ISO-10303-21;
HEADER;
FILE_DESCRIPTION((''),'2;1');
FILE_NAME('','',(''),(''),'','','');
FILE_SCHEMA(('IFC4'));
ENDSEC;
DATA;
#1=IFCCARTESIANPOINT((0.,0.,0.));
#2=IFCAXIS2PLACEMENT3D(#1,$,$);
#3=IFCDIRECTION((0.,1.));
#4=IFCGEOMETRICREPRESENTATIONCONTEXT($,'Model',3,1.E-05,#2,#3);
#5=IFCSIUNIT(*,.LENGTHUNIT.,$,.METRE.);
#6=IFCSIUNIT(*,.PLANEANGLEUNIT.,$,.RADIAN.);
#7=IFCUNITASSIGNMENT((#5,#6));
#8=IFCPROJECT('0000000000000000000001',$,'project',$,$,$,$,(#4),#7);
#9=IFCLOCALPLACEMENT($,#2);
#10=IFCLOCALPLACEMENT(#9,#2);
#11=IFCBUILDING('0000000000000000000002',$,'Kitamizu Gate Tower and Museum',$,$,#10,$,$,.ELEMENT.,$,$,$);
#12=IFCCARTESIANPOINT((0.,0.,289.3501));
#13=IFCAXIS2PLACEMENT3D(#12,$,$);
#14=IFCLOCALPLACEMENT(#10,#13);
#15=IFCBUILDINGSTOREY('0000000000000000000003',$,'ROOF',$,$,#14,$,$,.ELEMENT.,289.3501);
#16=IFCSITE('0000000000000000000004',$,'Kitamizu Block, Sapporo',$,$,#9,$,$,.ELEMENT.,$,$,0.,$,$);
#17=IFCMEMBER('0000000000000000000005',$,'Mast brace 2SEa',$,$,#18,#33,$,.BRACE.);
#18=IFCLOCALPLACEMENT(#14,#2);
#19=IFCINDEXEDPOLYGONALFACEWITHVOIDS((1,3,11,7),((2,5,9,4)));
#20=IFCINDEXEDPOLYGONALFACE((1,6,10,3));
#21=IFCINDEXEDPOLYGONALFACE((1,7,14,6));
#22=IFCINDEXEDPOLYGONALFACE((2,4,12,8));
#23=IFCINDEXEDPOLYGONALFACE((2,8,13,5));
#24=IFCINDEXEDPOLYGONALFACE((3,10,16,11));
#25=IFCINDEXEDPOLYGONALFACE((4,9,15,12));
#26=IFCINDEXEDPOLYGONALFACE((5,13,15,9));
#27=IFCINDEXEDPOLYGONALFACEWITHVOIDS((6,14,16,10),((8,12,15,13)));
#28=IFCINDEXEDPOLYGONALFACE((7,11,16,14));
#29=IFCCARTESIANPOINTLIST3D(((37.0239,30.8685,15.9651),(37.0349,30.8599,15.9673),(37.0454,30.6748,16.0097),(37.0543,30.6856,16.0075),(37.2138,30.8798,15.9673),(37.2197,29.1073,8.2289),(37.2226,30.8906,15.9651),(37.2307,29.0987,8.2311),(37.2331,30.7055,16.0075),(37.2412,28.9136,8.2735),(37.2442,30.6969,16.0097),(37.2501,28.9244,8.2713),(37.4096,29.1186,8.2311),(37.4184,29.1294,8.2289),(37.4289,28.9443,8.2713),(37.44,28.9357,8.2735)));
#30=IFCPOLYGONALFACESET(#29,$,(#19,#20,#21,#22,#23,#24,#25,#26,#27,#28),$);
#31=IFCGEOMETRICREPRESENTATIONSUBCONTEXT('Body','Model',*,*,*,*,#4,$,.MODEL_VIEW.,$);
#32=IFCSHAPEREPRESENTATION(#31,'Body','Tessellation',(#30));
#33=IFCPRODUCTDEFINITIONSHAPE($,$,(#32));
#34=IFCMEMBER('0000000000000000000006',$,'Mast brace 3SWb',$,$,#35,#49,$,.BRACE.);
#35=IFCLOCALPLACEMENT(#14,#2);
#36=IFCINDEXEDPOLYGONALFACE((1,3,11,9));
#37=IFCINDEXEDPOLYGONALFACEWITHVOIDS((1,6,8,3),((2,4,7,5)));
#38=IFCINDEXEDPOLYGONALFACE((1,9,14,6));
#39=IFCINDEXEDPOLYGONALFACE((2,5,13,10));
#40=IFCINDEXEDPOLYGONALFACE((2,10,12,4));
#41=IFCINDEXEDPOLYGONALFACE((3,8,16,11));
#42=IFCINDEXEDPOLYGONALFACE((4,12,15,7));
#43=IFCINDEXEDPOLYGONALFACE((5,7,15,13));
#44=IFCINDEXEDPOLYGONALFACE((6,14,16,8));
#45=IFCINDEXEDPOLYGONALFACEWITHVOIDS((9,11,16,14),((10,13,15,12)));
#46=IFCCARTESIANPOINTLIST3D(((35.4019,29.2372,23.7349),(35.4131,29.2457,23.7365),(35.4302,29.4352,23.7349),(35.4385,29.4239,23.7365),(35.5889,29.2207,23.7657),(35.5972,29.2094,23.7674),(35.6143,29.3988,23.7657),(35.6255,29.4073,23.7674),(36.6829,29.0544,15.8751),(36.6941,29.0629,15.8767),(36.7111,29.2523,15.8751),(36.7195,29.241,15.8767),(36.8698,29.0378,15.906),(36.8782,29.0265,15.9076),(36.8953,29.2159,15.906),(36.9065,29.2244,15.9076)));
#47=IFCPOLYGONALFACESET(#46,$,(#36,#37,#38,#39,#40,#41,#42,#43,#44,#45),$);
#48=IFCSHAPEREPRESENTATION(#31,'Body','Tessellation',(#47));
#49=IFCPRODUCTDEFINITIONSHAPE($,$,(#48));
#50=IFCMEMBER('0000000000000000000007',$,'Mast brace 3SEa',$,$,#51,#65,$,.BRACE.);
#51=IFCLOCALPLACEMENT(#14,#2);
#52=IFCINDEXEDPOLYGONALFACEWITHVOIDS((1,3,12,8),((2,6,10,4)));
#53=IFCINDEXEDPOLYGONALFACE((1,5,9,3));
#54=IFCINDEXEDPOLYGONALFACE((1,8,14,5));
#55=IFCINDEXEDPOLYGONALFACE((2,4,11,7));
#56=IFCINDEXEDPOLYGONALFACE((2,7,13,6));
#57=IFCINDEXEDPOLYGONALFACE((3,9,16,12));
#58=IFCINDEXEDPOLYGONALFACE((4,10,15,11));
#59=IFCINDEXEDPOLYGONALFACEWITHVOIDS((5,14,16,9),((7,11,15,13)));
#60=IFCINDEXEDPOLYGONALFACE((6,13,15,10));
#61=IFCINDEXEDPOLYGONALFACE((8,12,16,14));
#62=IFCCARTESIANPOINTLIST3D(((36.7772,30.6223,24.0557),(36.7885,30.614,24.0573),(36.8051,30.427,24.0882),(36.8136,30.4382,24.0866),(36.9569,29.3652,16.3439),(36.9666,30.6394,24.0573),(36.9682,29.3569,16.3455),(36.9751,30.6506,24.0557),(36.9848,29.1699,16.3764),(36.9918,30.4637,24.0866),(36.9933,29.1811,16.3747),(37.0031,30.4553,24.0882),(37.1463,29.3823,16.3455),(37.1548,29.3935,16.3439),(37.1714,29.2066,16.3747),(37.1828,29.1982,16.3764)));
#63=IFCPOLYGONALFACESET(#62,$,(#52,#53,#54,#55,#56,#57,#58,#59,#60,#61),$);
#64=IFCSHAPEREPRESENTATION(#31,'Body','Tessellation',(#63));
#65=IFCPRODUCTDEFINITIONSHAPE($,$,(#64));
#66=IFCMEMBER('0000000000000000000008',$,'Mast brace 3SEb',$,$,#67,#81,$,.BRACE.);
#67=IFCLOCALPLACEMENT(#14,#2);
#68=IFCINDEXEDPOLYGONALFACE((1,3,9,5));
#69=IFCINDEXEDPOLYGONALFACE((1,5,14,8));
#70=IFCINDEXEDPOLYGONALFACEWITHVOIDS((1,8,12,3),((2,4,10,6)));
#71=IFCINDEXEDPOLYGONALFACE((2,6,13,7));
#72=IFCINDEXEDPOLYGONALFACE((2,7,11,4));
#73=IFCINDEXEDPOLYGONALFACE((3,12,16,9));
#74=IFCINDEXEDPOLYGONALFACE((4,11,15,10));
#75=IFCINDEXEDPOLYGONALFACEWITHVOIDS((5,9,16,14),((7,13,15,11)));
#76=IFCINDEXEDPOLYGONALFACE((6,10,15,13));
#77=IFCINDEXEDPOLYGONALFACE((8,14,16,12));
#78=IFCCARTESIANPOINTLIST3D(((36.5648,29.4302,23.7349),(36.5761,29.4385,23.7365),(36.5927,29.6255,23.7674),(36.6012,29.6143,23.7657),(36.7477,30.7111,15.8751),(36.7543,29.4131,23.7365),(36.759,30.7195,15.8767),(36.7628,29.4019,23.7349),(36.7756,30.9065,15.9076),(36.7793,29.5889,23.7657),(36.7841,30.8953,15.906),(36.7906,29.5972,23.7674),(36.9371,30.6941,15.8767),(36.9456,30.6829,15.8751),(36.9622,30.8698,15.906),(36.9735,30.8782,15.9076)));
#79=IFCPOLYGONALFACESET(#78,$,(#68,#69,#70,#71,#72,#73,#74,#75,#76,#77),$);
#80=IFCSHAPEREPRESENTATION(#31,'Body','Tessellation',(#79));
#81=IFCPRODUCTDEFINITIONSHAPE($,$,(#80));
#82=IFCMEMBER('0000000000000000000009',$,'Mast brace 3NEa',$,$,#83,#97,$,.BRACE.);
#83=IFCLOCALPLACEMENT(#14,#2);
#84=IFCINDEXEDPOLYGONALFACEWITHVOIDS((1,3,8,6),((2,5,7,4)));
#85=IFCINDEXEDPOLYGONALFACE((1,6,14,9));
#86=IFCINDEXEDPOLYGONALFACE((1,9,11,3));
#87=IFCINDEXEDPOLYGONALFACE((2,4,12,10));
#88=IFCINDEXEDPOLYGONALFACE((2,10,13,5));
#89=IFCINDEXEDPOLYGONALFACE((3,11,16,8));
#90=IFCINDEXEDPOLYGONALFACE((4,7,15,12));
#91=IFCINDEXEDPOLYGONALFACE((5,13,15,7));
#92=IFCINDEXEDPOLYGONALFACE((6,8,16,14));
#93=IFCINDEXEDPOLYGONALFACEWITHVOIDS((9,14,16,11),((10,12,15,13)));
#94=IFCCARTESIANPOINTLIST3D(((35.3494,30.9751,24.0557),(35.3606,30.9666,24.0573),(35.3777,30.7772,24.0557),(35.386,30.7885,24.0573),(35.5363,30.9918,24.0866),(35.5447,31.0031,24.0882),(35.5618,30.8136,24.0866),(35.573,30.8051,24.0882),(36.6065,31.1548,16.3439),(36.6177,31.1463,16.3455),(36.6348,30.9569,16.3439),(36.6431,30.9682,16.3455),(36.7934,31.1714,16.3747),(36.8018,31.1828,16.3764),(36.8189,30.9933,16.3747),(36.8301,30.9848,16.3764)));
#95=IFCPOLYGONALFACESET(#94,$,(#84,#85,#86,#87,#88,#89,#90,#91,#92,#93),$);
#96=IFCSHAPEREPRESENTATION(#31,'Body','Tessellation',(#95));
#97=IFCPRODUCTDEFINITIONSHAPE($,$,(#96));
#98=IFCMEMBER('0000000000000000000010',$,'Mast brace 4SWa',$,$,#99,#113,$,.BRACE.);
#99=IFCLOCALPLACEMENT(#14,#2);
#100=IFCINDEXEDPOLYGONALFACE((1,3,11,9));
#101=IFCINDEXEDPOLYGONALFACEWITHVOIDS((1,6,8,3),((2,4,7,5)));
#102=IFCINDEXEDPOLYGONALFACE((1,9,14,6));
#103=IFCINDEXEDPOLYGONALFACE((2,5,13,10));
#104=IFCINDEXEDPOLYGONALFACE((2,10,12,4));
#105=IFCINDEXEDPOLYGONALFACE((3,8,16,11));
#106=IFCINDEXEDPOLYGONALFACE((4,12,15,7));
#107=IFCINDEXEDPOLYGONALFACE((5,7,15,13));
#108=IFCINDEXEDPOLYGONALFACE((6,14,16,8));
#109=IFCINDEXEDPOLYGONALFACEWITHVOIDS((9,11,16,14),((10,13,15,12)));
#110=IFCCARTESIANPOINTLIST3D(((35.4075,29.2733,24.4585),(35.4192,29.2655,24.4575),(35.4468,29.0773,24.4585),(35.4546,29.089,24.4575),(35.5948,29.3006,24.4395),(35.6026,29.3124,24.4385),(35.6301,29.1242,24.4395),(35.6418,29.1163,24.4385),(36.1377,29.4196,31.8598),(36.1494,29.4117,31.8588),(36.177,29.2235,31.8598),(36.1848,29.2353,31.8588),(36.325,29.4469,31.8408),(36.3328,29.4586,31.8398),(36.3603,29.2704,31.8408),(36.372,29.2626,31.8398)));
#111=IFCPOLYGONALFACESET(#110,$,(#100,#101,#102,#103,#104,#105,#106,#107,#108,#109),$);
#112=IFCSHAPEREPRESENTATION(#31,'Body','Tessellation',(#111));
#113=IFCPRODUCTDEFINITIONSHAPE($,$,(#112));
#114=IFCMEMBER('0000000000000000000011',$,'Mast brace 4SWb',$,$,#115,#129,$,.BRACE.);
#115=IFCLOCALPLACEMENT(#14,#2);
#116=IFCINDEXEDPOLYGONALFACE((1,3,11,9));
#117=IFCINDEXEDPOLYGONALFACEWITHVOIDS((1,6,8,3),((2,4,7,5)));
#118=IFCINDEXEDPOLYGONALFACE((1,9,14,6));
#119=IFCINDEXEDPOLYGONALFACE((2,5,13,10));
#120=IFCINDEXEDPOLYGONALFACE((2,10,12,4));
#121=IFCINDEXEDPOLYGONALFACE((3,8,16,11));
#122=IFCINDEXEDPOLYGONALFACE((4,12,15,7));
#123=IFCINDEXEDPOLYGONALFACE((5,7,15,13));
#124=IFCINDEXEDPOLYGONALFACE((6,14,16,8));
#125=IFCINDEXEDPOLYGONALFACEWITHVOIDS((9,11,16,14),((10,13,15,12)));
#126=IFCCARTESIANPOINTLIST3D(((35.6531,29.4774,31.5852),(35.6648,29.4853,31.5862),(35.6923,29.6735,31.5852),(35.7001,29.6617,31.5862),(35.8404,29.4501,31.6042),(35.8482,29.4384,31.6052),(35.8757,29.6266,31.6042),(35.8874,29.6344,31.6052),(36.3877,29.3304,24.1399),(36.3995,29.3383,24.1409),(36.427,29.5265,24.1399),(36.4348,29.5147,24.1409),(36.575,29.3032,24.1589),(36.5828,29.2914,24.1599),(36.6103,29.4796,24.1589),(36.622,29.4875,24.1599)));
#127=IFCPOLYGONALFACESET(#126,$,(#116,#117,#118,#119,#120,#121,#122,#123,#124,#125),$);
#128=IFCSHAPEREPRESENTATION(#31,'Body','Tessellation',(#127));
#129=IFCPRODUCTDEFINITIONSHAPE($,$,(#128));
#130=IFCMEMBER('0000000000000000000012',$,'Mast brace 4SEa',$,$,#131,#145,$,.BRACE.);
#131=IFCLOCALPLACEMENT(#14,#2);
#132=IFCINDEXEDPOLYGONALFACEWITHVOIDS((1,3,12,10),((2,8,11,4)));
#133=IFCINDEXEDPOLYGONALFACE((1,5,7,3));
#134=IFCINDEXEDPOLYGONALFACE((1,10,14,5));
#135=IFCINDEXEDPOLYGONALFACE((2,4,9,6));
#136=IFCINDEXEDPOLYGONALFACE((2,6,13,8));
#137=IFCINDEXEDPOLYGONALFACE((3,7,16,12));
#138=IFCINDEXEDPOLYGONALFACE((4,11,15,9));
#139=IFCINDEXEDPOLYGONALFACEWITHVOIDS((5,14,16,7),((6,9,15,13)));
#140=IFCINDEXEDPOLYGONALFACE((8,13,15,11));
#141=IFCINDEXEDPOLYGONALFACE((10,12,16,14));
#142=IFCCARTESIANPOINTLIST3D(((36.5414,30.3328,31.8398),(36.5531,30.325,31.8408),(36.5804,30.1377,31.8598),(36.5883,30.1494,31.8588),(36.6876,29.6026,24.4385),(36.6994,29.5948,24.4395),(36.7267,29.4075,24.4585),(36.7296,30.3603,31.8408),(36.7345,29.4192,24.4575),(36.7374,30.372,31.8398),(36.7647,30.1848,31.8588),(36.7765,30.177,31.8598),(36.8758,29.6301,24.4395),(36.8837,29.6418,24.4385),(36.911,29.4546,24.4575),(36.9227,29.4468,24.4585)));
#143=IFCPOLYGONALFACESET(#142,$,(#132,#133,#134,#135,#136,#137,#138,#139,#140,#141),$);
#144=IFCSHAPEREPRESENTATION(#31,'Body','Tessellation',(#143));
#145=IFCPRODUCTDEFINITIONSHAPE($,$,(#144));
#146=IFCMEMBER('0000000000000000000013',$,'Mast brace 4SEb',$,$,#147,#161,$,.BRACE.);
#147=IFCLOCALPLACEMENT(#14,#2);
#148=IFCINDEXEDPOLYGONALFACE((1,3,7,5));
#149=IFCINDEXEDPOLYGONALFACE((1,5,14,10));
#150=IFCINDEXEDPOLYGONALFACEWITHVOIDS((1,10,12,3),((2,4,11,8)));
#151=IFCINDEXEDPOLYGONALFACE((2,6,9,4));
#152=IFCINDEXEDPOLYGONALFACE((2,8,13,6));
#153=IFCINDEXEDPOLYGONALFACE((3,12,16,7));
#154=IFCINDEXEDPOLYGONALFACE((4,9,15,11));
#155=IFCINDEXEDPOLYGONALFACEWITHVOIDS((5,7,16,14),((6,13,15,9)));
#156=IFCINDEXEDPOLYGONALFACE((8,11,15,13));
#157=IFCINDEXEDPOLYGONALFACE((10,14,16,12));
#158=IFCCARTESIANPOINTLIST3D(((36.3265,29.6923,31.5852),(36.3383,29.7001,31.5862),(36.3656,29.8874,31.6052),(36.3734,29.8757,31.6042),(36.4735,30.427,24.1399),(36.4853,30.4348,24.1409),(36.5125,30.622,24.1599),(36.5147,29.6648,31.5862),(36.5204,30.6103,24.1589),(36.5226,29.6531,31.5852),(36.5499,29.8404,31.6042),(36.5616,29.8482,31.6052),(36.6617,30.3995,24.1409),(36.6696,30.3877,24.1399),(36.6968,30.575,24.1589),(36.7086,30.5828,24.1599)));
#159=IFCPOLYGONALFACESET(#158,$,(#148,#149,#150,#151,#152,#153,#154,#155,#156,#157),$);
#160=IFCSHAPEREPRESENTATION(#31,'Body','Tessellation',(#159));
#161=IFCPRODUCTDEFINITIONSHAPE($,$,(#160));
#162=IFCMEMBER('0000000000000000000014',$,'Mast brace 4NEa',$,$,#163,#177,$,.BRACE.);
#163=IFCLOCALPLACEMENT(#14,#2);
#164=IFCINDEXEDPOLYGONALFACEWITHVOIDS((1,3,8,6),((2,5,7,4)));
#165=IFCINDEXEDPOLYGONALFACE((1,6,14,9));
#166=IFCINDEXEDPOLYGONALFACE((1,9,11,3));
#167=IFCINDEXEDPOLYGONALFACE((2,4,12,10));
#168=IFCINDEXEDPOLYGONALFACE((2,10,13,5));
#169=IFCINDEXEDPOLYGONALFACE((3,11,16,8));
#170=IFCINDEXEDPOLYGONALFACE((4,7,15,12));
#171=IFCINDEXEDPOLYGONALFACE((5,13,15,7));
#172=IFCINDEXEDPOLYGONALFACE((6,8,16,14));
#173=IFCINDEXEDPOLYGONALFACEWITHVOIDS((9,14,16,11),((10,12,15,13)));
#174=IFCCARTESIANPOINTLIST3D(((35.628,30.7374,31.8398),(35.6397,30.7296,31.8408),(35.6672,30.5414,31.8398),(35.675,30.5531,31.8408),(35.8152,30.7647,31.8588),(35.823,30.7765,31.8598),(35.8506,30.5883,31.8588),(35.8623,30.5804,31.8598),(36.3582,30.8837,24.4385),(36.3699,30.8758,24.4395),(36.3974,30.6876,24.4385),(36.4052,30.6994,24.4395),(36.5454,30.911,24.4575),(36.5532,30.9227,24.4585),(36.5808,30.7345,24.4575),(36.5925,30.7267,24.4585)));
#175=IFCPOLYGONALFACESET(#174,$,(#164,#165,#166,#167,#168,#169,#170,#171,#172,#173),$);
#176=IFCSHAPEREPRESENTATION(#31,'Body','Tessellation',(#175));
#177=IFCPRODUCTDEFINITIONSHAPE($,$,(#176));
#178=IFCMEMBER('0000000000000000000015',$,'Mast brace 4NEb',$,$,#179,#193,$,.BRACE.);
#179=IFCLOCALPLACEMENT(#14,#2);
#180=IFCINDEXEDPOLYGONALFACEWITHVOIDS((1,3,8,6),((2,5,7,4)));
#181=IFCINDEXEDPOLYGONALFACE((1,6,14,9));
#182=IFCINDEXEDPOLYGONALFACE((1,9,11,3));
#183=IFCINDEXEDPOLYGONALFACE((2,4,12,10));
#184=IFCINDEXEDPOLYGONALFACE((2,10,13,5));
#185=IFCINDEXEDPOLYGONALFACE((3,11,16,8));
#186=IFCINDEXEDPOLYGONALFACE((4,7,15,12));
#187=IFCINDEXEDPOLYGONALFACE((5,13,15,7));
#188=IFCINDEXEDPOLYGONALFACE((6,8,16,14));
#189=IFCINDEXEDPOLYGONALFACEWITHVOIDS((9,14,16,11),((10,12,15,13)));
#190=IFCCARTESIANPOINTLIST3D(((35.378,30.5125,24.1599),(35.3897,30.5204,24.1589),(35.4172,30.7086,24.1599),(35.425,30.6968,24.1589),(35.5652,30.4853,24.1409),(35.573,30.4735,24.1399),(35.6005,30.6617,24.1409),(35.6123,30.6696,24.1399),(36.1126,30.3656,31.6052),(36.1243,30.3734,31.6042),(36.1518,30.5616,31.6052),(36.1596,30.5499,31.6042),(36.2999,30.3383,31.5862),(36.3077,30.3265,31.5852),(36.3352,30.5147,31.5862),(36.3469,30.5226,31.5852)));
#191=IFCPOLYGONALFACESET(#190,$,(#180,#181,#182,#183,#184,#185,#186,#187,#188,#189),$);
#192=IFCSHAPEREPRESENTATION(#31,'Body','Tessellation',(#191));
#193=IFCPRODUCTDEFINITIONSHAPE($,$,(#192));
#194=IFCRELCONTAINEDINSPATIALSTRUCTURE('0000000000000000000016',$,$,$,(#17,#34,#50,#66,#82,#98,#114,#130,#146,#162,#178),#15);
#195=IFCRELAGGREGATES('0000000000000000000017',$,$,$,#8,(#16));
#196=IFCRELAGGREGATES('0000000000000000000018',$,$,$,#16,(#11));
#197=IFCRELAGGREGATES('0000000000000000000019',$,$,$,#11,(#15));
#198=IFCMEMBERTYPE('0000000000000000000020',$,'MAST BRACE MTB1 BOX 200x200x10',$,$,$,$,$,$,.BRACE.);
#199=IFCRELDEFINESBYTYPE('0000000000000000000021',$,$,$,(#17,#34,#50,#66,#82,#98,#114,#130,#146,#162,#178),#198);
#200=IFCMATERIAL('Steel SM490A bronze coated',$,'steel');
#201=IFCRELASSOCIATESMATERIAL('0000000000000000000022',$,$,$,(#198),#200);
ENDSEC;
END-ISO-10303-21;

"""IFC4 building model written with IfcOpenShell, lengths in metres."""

from ifc_helpers import new_model, si_unit, direction, frame, origin, origin_2d, place, context, subcontext, project, spatial, hollow_rectangle, extrude, material, material_profile, profile_set, type_object, element, save


model = new_model("IFC4")

# Units and contexts
model_context = context("Model", 3, precision=1e-05, world=origin(), true_north=direction((0.0, 1.0)))
body_context = subcontext(model_context, "Body", "Model", "MODEL_VIEW")
ifc_project = project(units=[si_unit("LENGTHUNIT", "METRE"), si_unit("PLANEANGLEUNIT", "RADIAN")], contexts=[model_context])

# Site, building, storey
site_placement = place(None, origin())
site = spatial("IfcSite", under=ifc_project, at=site_placement, Name="Kitamizu Block, Sapporo", CompositionType="ELEMENT", RefElevation=0.0)
building_placement = place(site_placement, origin())
building = spatial("IfcBuilding", under=site, at=building_placement, Name="Kitamizu Gate Tower and Museum", CompositionType="ELEMENT")
storey_placement = place(building_placement, frame((0.0, 0.0, 289.3501)))
storey = spatial("IfcBuildingStorey", under=building, at=storey_placement, Name="ROOF", CompositionType="ELEMENT", Elevation=289.3501)

# Members
ifc_material_1 = material(Name="Steel SM490A bronze coated", Category="steel")
ifc_material_profile_1 = material_profile(ifc_material_1, hollow_rectangle(XDim=0.2, YDim=0.2, WallThickness=0.01, at=origin_2d()), Name="BOX 200x200x10")
ifc_profile_set_1 = profile_set([ifc_material_profile_1], Name="Steel SM490A bronze coated")
member_type_1 = type_object("IfcMemberType", Name="MAST BRACE MTB1 BOX 200x200x10", PredefinedType="BRACE", material=ifc_profile_set_1)
member_1_placement = place(storey_placement, frame((37.3298, 29.0215, 8.2512), z_axis=(-0.024671, 0.221917, 0.974753), x_axis=(-0.993877, -0.110492, 0.0)))
element("IfcMember", 1, at=member_1_placement, inside=storey, type_object=member_type_1, Name="Mast brace 2SEa", PredefinedType="BRACE", context=body_context, shape_type="SweptSolid", body=[
    extrude(hollow_rectangle(XDim=0.2, YDim=0.2, WallThickness=0.01, at=origin_2d()), origin(), (0.0, 0.0, 1.0), 7.9365),
])
member_2_placement = place(storey_placement, frame((36.7947, 29.1394, 15.8914), z_axis=(-0.160816, 0.022956, 0.986717), x_axis=(-0.141316, -0.989965, 0.0)))
element("IfcMember", 2, at=member_2_placement, inside=storey, type_object=member_type_1, Name="Mast brace 3SWb", PredefinedType="BRACE", context=body_context, shape_type="SweptSolid", body=[
    extrude(hollow_rectangle(XDim=0.2, YDim=0.2, WallThickness=0.01, at=origin_2d()), origin(), (0.0, 0.0, 1.0), 7.9656),
])
member_3_placement = place(storey_placement, frame((37.0698, 29.2817, 16.3601), z_axis=(-0.02299, 0.160839, 0.986713), x_axis=(-0.989938, -0.141502, 0.0)))
element("IfcMember", 3, at=member_3_placement, inside=storey, type_object=member_type_1, Name="Mast brace 3SEa", PredefinedType="BRACE", context=body_context, shape_type="SweptSolid", body=[
    extrude(hollow_rectangle(XDim=0.2, YDim=0.2, WallThickness=0.01, at=origin_2d()), origin(), (0.0, 0.0, 1.0), 7.8157),
])
member_4_placement = place(storey_placement, frame((36.8606, 30.7947, 15.8914), z_axis=(-0.022956, -0.160816, 0.986717), x_axis=(0.989965, -0.141316, 0.0)))
element("IfcMember", 4, at=member_4_placement, inside=storey, type_object=member_type_1, Name="Mast brace 3SEb", PredefinedType="BRACE", context=body_context, shape_type="SweptSolid", body=[
    extrude(hollow_rectangle(XDim=0.2, YDim=0.2, WallThickness=0.01, at=origin_2d()), origin(), (0.0, 0.0, 1.0), 7.9656),
])
member_5_placement = place(storey_placement, frame((36.7183, 31.0698, 16.3601), z_axis=(-0.160839, -0.02299, 0.986713), x_axis=(0.141502, -0.989938, 0.0)))
element("IfcMember", 5, at=member_5_placement, inside=storey, type_object=member_type_1, Name="Mast brace 3NEa", PredefinedType="BRACE", context=body_context, shape_type="SweptSolid", body=[
    extrude(hollow_rectangle(XDim=0.2, YDim=0.2, WallThickness=0.01, at=origin_2d()), origin(), (0.0, 0.0, 1.0), 7.8157),
])
member_6_placement = place(storey_placement, frame((35.5247, 29.1948, 24.4485), z_axis=(0.098165, 0.019659, 0.994976), x_axis=(-0.196368, 0.98053, 0.0)))
element("IfcMember", 6, at=member_6_placement, inside=storey, type_object=member_type_1, Name="Mast brace 4SWa", PredefinedType="BRACE", context=body_context, shape_type="SweptSolid", body=[
    extrude(hollow_rectangle(XDim=0.2, YDim=0.2, WallThickness=0.01, at=origin_2d()), origin(), (0.0, 0.0, 1.0), 7.4387),
])
member_7_placement = place(storey_placement, frame((36.5049, 29.4089, 24.1499), z_axis=(-0.098173, 0.019641, 0.994976), x_axis=(-0.196179, -0.980568, 0.0)))
element("IfcMember", 7, at=member_7_placement, inside=storey, type_object=member_type_1, Name="Mast brace 4SWb", PredefinedType="BRACE", context=body_context, shape_type="SweptSolid", body=[
    extrude(hollow_rectangle(XDim=0.2, YDim=0.2, WallThickness=0.01, at=origin_2d()), origin(), (0.0, 0.0, 1.0), 7.4829),
])
member_8_placement = place(storey_placement, frame((36.8052, 29.5247, 24.4485), z_axis=(-0.019659, 0.098165, 0.994976), x_axis=(-0.98053, -0.196368, 0.0)))
element("IfcMember", 8, at=member_8_placement, inside=storey, type_object=member_type_1, Name="Mast brace 4SEa", PredefinedType="BRACE", context=body_context, shape_type="SweptSolid", body=[
    extrude(hollow_rectangle(XDim=0.2, YDim=0.2, WallThickness=0.01, at=origin_2d()), origin(), (0.0, 0.0, 1.0), 7.4387),
])
member_9_placement = place(storey_placement, frame((36.5911, 30.5049, 24.1499), z_axis=(-0.019641, -0.098173, 0.994976), x_axis=(0.980568, -0.196179, 0.0)))
element("IfcMember", 9, at=member_9_placement, inside=storey, type_object=member_type_1, Name="Mast brace 4SEb", PredefinedType="BRACE", context=body_context, shape_type="SweptSolid", body=[
    extrude(hollow_rectangle(XDim=0.2, YDim=0.2, WallThickness=0.01, at=origin_2d()), origin(), (0.0, 0.0, 1.0), 7.4829),
])
member_10_placement = place(storey_placement, frame((36.4753, 30.8052, 24.4485), z_axis=(-0.098165, -0.019659, 0.994976), x_axis=(0.196368, -0.98053, 0.0)))
element("IfcMember", 10, at=member_10_placement, inside=storey, type_object=member_type_1, Name="Mast brace 4NEa", PredefinedType="BRACE", context=body_context, shape_type="SweptSolid", body=[
    extrude(hollow_rectangle(XDim=0.2, YDim=0.2, WallThickness=0.01, at=origin_2d()), origin(), (0.0, 0.0, 1.0), 7.4387),
])
for number, where, z_axis, x_axis, name in (
    (11, (35.4951, 30.5911, 24.1499), (0.098173, -0.019641, 0.994976), (0.196179, 0.980568, 0.0), "Mast brace 4NEb"),
):
    element("IfcMember", number, at=place(storey_placement, frame(where, z_axis=z_axis, x_axis=x_axis)), inside=storey, type_object=member_type_1, Name=name, PredefinedType="BRACE", context=body_context, shape_type="SweptSolid", body=[
        extrude(hollow_rectangle(XDim=0.2, YDim=0.2, WallThickness=0.01, at=origin_2d()), origin(), (0.0, 0.0, 1.0), 7.4829),
    ])

save(model, "model.ifc")
